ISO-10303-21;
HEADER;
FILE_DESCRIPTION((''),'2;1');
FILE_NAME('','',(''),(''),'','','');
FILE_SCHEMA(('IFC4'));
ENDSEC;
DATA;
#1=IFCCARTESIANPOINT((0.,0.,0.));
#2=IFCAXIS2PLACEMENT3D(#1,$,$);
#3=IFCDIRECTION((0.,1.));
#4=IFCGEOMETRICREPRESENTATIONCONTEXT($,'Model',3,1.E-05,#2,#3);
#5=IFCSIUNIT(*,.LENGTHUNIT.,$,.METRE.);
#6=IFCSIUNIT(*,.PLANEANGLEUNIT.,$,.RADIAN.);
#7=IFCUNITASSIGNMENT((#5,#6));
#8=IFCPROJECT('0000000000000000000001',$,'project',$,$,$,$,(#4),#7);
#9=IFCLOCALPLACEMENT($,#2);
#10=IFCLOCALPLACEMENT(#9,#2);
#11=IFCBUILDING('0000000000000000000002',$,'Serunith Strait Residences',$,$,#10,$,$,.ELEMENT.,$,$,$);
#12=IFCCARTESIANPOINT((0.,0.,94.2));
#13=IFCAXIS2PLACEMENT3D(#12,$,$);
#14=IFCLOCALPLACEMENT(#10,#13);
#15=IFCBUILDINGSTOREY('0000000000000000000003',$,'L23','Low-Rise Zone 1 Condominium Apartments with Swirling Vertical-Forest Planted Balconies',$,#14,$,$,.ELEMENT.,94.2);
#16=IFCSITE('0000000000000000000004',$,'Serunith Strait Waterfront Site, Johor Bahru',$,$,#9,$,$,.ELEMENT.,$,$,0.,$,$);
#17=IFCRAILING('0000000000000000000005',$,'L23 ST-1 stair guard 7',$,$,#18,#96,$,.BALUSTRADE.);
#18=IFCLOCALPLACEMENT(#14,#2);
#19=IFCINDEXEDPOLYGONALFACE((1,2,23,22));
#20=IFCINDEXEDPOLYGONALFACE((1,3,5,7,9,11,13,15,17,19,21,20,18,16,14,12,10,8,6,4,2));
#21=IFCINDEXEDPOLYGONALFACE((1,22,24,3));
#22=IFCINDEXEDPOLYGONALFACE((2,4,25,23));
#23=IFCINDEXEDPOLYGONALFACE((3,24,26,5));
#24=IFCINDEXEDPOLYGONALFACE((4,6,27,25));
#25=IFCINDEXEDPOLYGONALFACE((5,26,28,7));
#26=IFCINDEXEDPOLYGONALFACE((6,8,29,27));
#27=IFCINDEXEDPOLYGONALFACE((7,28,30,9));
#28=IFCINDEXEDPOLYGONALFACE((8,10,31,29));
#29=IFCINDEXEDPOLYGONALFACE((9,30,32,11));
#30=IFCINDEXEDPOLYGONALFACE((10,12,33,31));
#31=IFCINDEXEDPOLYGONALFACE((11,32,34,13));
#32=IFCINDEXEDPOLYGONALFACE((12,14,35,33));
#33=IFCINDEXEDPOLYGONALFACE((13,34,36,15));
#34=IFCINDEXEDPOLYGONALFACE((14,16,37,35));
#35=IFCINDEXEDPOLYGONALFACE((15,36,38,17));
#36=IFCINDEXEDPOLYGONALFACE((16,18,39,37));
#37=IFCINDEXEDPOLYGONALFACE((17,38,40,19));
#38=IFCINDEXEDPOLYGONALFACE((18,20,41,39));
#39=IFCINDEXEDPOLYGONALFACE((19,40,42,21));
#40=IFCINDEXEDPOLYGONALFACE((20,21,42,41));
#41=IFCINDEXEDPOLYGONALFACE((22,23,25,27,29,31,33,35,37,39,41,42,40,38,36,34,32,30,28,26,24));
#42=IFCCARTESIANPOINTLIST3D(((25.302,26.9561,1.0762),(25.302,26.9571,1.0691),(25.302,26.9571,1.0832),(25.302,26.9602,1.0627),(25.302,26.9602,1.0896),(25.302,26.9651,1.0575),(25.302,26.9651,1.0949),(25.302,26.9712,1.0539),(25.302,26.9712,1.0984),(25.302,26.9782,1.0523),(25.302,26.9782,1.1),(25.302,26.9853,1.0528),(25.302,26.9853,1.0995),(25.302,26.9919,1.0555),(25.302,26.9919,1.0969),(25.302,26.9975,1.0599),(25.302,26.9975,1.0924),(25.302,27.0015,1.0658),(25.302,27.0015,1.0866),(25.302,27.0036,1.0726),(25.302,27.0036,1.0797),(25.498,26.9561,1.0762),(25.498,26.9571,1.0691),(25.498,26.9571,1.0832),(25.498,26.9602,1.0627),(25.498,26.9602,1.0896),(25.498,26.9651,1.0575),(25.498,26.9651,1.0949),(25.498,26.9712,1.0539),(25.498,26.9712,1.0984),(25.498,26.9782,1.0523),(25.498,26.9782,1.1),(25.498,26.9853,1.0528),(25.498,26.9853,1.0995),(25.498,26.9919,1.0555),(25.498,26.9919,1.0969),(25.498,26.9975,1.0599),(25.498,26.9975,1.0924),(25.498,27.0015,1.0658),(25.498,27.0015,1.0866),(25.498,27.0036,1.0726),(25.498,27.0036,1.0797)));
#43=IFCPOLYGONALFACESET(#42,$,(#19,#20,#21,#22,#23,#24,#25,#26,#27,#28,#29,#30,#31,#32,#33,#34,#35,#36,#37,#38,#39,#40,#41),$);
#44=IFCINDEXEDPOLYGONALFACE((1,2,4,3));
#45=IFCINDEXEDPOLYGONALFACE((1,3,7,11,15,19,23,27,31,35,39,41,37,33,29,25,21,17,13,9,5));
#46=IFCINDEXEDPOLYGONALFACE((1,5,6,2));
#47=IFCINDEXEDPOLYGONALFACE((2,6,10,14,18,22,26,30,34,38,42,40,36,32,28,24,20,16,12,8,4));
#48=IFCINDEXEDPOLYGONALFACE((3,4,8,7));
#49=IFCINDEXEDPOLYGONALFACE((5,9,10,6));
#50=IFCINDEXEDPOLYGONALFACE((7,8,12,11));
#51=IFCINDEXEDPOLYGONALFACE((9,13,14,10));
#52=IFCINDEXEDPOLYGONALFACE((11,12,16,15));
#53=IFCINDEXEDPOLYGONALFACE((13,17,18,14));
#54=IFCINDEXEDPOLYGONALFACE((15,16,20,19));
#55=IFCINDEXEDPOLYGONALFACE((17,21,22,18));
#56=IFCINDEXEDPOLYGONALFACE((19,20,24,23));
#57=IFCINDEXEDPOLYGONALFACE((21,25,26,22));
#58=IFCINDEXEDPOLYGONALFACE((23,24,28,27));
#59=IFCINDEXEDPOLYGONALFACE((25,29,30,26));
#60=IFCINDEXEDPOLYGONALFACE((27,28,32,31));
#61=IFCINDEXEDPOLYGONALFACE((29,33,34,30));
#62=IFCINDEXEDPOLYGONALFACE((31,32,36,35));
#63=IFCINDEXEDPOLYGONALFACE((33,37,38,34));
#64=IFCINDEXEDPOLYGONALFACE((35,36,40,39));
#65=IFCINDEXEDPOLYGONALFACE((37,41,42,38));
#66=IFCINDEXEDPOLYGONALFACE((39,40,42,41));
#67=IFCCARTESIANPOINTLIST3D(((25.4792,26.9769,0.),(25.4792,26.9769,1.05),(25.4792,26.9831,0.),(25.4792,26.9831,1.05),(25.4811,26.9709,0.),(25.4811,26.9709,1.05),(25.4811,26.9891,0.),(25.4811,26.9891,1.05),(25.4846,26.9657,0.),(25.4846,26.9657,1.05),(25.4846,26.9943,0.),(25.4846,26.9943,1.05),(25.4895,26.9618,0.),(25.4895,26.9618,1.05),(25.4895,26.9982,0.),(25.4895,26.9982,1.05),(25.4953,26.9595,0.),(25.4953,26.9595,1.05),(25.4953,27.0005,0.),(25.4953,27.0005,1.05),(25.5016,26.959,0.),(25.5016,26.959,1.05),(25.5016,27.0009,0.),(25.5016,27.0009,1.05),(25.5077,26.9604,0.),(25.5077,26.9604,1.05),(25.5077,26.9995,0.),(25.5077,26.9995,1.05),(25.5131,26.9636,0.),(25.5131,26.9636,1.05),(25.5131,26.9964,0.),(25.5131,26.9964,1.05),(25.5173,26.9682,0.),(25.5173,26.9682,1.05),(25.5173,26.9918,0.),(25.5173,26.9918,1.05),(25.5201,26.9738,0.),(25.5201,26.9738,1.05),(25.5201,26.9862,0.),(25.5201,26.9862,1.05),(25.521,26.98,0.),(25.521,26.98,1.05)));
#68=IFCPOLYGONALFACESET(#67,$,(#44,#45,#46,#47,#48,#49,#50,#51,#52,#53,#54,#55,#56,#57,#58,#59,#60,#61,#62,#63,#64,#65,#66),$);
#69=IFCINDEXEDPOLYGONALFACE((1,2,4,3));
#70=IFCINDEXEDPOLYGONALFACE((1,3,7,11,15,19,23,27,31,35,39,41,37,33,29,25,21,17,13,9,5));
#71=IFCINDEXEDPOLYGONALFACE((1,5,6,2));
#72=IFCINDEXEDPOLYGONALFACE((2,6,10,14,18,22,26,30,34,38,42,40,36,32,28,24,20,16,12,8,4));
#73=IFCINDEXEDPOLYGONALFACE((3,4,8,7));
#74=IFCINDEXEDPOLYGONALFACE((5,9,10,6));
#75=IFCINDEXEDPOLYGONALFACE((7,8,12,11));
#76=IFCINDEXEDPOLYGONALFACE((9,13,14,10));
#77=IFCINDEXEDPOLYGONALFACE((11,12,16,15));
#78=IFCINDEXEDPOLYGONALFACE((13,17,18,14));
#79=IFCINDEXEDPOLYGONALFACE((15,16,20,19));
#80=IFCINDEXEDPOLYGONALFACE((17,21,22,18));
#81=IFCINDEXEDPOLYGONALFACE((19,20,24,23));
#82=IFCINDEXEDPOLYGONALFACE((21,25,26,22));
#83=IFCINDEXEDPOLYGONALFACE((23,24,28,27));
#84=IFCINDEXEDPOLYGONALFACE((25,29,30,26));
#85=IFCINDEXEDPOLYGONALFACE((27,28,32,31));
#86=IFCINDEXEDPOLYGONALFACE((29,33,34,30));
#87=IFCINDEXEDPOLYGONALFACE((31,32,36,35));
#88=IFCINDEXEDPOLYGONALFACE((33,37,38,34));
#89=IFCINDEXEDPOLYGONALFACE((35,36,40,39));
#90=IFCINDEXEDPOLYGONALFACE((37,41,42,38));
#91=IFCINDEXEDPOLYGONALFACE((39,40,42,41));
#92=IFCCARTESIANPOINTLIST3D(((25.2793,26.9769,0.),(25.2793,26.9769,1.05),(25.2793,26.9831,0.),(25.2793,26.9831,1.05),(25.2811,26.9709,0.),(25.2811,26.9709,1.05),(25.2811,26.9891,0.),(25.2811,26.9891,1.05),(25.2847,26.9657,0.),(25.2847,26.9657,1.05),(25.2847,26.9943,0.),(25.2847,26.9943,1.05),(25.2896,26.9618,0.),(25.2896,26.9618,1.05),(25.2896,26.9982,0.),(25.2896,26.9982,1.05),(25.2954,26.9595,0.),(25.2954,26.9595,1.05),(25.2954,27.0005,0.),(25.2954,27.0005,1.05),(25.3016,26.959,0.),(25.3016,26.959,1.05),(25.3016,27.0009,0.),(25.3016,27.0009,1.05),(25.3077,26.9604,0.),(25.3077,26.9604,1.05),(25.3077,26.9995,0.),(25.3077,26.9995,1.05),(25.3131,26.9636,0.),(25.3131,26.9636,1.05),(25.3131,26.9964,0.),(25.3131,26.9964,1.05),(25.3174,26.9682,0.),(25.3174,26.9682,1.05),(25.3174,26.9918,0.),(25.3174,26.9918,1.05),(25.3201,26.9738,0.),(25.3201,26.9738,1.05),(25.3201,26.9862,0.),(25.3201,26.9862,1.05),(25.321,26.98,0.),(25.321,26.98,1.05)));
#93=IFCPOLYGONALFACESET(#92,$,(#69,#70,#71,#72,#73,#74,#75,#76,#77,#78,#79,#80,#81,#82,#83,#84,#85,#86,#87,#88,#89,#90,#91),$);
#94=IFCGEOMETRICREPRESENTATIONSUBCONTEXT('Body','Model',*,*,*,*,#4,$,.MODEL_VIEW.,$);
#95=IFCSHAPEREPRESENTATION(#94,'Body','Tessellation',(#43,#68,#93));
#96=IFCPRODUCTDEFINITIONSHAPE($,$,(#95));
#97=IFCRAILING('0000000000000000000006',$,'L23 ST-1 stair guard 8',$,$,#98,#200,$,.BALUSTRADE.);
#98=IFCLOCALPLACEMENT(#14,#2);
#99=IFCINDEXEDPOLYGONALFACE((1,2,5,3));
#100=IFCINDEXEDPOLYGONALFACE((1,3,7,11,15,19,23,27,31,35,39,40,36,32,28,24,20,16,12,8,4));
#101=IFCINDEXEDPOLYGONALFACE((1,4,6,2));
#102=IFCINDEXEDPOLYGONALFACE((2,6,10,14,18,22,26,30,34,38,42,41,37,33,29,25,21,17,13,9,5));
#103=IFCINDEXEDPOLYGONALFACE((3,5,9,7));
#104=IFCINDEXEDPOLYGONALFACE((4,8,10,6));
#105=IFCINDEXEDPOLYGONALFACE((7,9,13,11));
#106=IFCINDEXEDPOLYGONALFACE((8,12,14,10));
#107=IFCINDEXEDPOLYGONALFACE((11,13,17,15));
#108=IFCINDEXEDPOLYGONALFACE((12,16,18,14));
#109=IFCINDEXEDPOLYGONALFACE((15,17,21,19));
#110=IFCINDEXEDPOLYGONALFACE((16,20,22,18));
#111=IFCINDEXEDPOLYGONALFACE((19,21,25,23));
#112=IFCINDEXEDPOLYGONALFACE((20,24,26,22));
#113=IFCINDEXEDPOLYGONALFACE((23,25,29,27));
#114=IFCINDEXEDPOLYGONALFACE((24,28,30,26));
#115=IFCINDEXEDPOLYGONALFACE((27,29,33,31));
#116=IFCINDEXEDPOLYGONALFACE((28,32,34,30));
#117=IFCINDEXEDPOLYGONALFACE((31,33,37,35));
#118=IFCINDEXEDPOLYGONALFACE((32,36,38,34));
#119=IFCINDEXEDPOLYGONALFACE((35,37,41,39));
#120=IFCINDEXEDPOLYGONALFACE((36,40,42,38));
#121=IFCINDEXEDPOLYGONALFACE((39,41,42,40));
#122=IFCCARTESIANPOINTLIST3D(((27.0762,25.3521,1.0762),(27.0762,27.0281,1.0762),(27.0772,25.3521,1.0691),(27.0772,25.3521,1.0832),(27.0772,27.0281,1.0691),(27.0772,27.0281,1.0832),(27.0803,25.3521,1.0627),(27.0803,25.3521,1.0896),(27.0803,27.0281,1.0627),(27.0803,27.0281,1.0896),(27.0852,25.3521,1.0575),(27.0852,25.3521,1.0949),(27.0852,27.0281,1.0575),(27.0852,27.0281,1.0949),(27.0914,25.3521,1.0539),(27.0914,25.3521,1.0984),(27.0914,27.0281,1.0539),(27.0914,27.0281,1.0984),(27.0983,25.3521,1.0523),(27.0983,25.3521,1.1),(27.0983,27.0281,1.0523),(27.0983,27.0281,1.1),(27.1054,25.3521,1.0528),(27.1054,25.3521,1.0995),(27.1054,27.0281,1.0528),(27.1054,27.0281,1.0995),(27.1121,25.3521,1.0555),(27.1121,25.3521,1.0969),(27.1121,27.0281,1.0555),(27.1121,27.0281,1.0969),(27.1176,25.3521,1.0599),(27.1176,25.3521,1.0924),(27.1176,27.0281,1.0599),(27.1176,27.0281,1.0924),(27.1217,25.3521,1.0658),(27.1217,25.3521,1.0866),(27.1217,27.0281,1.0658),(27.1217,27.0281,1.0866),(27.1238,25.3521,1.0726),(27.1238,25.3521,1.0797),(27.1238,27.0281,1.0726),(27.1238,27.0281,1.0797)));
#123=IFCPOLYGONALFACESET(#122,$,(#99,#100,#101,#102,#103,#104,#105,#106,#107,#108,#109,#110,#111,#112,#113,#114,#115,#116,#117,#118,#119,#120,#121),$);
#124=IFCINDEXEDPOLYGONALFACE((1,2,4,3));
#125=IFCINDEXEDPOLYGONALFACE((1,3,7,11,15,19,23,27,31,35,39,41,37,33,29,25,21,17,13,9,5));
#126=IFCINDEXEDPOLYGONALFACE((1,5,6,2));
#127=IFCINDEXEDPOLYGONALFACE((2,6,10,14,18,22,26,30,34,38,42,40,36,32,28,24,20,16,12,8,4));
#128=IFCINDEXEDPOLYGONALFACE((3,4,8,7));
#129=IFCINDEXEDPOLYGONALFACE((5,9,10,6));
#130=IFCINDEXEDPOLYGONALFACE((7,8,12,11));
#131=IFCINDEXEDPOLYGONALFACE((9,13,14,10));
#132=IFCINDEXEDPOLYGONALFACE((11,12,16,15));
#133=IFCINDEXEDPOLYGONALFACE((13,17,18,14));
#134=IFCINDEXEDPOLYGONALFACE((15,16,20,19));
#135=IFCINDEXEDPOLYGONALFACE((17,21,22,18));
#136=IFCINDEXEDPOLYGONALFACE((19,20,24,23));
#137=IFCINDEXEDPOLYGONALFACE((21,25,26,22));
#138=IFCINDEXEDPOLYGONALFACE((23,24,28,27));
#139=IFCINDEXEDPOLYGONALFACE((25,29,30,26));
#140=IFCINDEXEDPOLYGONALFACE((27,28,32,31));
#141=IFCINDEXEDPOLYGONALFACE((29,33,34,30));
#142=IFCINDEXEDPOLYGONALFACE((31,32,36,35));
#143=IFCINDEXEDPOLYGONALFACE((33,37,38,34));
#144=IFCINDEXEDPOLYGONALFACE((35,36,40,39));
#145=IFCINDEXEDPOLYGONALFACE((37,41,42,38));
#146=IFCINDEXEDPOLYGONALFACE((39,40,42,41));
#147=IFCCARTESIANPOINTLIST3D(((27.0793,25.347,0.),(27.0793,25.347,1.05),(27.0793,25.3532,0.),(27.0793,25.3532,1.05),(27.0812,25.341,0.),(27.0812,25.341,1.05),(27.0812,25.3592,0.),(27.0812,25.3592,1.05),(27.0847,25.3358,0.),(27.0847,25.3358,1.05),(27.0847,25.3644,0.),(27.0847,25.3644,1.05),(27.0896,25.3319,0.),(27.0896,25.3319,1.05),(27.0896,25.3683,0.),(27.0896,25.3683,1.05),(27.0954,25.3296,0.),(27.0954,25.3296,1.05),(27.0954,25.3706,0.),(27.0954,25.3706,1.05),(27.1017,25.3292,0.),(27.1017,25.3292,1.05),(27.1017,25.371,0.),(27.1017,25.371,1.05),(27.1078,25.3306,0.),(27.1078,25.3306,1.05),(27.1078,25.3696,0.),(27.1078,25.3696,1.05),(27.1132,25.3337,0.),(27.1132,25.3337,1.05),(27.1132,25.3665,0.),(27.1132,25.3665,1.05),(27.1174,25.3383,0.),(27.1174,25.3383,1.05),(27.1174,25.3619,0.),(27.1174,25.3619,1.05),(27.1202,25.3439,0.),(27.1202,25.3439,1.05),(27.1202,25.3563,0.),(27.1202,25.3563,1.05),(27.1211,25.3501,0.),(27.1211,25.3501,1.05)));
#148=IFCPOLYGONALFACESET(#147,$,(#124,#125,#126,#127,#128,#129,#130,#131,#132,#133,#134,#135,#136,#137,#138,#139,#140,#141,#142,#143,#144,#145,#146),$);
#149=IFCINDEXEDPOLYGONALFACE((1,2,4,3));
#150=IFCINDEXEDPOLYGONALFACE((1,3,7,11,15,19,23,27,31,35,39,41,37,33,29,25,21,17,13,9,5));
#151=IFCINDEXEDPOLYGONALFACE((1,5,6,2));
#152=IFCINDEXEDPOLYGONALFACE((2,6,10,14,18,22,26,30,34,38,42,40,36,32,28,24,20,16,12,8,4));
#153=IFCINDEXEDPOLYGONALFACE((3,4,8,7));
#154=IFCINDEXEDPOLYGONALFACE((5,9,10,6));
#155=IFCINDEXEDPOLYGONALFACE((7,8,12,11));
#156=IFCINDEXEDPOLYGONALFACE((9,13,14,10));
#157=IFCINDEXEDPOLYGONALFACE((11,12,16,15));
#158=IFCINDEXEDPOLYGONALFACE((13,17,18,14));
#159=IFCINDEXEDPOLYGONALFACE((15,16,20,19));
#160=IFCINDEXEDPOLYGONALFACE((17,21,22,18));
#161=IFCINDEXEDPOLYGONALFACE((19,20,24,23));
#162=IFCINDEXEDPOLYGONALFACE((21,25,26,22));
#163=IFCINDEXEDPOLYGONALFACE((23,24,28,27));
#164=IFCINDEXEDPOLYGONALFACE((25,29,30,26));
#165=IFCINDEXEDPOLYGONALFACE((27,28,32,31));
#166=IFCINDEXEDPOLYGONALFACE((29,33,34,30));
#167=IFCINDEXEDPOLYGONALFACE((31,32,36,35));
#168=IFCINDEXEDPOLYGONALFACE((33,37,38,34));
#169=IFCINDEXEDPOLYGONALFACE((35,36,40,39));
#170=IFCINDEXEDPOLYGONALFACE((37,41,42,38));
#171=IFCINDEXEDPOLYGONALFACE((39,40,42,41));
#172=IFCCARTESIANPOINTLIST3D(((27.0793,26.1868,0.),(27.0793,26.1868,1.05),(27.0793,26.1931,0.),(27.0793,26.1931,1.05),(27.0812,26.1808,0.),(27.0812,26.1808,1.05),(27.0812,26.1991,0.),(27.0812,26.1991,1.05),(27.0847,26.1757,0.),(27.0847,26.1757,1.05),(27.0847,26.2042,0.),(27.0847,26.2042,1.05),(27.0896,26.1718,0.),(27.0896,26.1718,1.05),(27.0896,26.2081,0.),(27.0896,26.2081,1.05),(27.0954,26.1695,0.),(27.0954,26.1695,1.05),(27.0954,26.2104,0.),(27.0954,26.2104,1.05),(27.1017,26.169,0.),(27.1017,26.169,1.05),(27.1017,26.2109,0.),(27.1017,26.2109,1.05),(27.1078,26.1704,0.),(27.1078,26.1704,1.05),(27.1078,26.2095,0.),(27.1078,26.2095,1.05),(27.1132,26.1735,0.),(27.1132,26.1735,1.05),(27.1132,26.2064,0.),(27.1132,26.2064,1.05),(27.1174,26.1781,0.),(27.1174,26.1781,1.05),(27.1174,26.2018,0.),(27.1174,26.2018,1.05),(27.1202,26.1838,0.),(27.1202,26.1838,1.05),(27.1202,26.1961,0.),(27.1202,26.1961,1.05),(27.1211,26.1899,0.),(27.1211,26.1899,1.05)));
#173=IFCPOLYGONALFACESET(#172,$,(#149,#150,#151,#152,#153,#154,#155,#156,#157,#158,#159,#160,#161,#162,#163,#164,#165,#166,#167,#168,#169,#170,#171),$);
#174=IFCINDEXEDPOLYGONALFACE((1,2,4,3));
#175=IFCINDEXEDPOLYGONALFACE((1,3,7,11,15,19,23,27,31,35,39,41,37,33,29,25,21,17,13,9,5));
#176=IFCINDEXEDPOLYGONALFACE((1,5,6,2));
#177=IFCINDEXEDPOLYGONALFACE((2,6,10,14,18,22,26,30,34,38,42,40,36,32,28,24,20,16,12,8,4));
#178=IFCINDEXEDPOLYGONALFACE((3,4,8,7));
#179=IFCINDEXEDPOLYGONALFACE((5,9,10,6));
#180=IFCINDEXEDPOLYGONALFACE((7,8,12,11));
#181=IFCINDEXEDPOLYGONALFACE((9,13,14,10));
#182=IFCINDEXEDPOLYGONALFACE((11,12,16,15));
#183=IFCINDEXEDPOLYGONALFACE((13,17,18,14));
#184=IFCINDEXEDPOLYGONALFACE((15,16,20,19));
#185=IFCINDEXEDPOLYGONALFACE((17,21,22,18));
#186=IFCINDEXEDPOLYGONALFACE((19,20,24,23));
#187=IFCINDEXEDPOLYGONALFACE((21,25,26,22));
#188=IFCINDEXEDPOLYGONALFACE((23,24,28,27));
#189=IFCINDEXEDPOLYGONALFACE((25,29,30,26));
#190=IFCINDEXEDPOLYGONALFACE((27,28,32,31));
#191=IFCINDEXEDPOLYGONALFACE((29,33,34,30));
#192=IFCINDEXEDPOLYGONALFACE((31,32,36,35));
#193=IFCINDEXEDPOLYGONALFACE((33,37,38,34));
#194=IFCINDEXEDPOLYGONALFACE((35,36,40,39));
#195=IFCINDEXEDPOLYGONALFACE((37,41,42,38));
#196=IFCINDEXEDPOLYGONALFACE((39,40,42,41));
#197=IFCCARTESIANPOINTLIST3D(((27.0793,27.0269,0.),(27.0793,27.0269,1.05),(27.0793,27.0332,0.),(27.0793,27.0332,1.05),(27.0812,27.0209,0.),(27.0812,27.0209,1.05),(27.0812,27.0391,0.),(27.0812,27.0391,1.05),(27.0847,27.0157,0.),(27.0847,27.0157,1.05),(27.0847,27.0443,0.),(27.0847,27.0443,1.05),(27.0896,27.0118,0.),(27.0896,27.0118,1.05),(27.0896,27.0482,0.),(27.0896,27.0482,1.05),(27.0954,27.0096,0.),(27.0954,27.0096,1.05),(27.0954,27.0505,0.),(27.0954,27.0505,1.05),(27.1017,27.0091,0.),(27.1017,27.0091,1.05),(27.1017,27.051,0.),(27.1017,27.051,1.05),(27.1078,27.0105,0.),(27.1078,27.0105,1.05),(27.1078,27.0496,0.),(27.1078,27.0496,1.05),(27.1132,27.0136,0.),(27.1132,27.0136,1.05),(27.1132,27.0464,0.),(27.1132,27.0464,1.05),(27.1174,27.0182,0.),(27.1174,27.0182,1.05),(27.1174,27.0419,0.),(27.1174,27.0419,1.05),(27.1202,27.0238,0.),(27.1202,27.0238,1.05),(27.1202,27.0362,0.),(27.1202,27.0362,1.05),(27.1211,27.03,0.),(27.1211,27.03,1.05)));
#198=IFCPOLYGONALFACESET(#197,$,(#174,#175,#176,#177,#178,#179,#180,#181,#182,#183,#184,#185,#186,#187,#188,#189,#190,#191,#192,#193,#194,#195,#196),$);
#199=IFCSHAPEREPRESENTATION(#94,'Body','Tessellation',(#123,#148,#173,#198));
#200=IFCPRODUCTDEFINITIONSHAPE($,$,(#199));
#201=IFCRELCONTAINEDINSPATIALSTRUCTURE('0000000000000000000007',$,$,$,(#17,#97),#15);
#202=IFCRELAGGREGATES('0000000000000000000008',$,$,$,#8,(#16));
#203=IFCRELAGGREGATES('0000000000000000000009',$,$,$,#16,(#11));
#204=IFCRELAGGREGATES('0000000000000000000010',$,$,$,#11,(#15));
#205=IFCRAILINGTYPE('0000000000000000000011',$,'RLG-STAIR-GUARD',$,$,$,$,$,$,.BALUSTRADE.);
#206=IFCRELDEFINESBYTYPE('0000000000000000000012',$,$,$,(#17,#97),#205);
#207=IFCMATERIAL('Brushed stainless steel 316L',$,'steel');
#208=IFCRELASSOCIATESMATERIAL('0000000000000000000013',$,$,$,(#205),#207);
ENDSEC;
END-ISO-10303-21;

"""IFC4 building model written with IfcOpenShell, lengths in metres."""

from ifc_helpers import new_model, si_unit, direction, frame, origin, origin_2d, place, context, subcontext, project, spatial, circle, extrude, material, type_object, element, save


model = new_model("IFC4")

# Units and contexts
model_context = context("Model", 3, precision=1e-05, world=origin(), true_north=direction((0.0, 1.0)))
body_context = subcontext(model_context, "Body", "Model", "MODEL_VIEW")
ifc_project = project(units=[si_unit("LENGTHUNIT", "METRE"), si_unit("PLANEANGLEUNIT", "RADIAN")], contexts=[model_context])

# Site, building, storey
site_placement = place(None, origin())
site = spatial("IfcSite", under=ifc_project, at=site_placement, Name="Serunith Strait Waterfront Site, Johor Bahru", CompositionType="ELEMENT", RefElevation=0.0)
building_placement = place(site_placement, origin())
building = spatial("IfcBuilding", under=site, at=building_placement, Name="Serunith Strait Residences", CompositionType="ELEMENT")
storey_placement = place(building_placement, frame((0.0, 0.0, 94.2)))
storey = spatial("IfcBuildingStorey", under=building, at=storey_placement, Name="L23", Description="Low-Rise Zone 1 Condominium Apartments with Swirling Vertical-Forest Planted Balconies", CompositionType="ELEMENT", Elevation=94.2)

# Railings
ifc_material_1 = material(Name="Brushed stainless steel 316L", Category="steel")
railing_type_1 = type_object("IfcRailingType", Name="RLG-STAIR-GUARD", PredefinedType="BALUSTRADE", material=ifc_material_1)
railing_1_placement = place(storey_placement, frame((25.5, 26.98, 0.0)))
element("IfcRailing", 1, at=railing_1_placement, inside=storey, type_object=railing_type_1, Name="L23 ST-1 stair guard 7", PredefinedType="BALUSTRADE", context=body_context, shape_type="SweptSolid", body=[
    extrude(circle(Radius=0.0239, at=origin_2d()), frame((-0.002, 0.0, 1.0762), z_axis=(-1.0, 0.0, 0.0), x_axis=(0.0, -1.0, 0.0)), (0.0, 0.0, 1.0), 0.196),
    extrude(circle(Radius=0.021, at=origin_2d()), origin(), (0.0, 0.0, 1.0), 1.05),
    extrude(circle(Radius=0.021, at=origin_2d()), frame((-0.2, 0.0, 0.0)), (0.0, 0.0, 1.0), 1.05),
])
for number, where, name in (
    (2, (27.1001, 25.3501, 0.0), "L23 ST-1 stair guard 8"),
):
    element("IfcRailing", number, at=place(storey_placement, frame(where)), inside=storey, type_object=railing_type_1, Name=name, PredefinedType="BALUSTRADE", context=body_context, shape_type="SweptSolid", body=[
        extrude(circle(Radius=0.0239, at=origin_2d()), frame((0.0, 0.002, 1.0762), z_axis=(0.0, 1.0, 0.0), x_axis=(-1.0, 0.0, 0.0)), (0.0, 0.0, 1.0), 1.676),
        extrude(circle(Radius=0.021, at=origin_2d()), origin(), (0.0, 0.0, 1.0), 1.05),
        extrude(circle(Radius=0.021, at=origin_2d()), frame((0.0, 0.8398, 0.0)), (0.0, 0.0, 1.0), 1.05),
        extrude(circle(Radius=0.021, at=origin_2d()), frame((0.0, 1.6799, 0.0)), (0.0, 0.0, 1.0), 1.05),
    ])

save(model, "model.ifc")
